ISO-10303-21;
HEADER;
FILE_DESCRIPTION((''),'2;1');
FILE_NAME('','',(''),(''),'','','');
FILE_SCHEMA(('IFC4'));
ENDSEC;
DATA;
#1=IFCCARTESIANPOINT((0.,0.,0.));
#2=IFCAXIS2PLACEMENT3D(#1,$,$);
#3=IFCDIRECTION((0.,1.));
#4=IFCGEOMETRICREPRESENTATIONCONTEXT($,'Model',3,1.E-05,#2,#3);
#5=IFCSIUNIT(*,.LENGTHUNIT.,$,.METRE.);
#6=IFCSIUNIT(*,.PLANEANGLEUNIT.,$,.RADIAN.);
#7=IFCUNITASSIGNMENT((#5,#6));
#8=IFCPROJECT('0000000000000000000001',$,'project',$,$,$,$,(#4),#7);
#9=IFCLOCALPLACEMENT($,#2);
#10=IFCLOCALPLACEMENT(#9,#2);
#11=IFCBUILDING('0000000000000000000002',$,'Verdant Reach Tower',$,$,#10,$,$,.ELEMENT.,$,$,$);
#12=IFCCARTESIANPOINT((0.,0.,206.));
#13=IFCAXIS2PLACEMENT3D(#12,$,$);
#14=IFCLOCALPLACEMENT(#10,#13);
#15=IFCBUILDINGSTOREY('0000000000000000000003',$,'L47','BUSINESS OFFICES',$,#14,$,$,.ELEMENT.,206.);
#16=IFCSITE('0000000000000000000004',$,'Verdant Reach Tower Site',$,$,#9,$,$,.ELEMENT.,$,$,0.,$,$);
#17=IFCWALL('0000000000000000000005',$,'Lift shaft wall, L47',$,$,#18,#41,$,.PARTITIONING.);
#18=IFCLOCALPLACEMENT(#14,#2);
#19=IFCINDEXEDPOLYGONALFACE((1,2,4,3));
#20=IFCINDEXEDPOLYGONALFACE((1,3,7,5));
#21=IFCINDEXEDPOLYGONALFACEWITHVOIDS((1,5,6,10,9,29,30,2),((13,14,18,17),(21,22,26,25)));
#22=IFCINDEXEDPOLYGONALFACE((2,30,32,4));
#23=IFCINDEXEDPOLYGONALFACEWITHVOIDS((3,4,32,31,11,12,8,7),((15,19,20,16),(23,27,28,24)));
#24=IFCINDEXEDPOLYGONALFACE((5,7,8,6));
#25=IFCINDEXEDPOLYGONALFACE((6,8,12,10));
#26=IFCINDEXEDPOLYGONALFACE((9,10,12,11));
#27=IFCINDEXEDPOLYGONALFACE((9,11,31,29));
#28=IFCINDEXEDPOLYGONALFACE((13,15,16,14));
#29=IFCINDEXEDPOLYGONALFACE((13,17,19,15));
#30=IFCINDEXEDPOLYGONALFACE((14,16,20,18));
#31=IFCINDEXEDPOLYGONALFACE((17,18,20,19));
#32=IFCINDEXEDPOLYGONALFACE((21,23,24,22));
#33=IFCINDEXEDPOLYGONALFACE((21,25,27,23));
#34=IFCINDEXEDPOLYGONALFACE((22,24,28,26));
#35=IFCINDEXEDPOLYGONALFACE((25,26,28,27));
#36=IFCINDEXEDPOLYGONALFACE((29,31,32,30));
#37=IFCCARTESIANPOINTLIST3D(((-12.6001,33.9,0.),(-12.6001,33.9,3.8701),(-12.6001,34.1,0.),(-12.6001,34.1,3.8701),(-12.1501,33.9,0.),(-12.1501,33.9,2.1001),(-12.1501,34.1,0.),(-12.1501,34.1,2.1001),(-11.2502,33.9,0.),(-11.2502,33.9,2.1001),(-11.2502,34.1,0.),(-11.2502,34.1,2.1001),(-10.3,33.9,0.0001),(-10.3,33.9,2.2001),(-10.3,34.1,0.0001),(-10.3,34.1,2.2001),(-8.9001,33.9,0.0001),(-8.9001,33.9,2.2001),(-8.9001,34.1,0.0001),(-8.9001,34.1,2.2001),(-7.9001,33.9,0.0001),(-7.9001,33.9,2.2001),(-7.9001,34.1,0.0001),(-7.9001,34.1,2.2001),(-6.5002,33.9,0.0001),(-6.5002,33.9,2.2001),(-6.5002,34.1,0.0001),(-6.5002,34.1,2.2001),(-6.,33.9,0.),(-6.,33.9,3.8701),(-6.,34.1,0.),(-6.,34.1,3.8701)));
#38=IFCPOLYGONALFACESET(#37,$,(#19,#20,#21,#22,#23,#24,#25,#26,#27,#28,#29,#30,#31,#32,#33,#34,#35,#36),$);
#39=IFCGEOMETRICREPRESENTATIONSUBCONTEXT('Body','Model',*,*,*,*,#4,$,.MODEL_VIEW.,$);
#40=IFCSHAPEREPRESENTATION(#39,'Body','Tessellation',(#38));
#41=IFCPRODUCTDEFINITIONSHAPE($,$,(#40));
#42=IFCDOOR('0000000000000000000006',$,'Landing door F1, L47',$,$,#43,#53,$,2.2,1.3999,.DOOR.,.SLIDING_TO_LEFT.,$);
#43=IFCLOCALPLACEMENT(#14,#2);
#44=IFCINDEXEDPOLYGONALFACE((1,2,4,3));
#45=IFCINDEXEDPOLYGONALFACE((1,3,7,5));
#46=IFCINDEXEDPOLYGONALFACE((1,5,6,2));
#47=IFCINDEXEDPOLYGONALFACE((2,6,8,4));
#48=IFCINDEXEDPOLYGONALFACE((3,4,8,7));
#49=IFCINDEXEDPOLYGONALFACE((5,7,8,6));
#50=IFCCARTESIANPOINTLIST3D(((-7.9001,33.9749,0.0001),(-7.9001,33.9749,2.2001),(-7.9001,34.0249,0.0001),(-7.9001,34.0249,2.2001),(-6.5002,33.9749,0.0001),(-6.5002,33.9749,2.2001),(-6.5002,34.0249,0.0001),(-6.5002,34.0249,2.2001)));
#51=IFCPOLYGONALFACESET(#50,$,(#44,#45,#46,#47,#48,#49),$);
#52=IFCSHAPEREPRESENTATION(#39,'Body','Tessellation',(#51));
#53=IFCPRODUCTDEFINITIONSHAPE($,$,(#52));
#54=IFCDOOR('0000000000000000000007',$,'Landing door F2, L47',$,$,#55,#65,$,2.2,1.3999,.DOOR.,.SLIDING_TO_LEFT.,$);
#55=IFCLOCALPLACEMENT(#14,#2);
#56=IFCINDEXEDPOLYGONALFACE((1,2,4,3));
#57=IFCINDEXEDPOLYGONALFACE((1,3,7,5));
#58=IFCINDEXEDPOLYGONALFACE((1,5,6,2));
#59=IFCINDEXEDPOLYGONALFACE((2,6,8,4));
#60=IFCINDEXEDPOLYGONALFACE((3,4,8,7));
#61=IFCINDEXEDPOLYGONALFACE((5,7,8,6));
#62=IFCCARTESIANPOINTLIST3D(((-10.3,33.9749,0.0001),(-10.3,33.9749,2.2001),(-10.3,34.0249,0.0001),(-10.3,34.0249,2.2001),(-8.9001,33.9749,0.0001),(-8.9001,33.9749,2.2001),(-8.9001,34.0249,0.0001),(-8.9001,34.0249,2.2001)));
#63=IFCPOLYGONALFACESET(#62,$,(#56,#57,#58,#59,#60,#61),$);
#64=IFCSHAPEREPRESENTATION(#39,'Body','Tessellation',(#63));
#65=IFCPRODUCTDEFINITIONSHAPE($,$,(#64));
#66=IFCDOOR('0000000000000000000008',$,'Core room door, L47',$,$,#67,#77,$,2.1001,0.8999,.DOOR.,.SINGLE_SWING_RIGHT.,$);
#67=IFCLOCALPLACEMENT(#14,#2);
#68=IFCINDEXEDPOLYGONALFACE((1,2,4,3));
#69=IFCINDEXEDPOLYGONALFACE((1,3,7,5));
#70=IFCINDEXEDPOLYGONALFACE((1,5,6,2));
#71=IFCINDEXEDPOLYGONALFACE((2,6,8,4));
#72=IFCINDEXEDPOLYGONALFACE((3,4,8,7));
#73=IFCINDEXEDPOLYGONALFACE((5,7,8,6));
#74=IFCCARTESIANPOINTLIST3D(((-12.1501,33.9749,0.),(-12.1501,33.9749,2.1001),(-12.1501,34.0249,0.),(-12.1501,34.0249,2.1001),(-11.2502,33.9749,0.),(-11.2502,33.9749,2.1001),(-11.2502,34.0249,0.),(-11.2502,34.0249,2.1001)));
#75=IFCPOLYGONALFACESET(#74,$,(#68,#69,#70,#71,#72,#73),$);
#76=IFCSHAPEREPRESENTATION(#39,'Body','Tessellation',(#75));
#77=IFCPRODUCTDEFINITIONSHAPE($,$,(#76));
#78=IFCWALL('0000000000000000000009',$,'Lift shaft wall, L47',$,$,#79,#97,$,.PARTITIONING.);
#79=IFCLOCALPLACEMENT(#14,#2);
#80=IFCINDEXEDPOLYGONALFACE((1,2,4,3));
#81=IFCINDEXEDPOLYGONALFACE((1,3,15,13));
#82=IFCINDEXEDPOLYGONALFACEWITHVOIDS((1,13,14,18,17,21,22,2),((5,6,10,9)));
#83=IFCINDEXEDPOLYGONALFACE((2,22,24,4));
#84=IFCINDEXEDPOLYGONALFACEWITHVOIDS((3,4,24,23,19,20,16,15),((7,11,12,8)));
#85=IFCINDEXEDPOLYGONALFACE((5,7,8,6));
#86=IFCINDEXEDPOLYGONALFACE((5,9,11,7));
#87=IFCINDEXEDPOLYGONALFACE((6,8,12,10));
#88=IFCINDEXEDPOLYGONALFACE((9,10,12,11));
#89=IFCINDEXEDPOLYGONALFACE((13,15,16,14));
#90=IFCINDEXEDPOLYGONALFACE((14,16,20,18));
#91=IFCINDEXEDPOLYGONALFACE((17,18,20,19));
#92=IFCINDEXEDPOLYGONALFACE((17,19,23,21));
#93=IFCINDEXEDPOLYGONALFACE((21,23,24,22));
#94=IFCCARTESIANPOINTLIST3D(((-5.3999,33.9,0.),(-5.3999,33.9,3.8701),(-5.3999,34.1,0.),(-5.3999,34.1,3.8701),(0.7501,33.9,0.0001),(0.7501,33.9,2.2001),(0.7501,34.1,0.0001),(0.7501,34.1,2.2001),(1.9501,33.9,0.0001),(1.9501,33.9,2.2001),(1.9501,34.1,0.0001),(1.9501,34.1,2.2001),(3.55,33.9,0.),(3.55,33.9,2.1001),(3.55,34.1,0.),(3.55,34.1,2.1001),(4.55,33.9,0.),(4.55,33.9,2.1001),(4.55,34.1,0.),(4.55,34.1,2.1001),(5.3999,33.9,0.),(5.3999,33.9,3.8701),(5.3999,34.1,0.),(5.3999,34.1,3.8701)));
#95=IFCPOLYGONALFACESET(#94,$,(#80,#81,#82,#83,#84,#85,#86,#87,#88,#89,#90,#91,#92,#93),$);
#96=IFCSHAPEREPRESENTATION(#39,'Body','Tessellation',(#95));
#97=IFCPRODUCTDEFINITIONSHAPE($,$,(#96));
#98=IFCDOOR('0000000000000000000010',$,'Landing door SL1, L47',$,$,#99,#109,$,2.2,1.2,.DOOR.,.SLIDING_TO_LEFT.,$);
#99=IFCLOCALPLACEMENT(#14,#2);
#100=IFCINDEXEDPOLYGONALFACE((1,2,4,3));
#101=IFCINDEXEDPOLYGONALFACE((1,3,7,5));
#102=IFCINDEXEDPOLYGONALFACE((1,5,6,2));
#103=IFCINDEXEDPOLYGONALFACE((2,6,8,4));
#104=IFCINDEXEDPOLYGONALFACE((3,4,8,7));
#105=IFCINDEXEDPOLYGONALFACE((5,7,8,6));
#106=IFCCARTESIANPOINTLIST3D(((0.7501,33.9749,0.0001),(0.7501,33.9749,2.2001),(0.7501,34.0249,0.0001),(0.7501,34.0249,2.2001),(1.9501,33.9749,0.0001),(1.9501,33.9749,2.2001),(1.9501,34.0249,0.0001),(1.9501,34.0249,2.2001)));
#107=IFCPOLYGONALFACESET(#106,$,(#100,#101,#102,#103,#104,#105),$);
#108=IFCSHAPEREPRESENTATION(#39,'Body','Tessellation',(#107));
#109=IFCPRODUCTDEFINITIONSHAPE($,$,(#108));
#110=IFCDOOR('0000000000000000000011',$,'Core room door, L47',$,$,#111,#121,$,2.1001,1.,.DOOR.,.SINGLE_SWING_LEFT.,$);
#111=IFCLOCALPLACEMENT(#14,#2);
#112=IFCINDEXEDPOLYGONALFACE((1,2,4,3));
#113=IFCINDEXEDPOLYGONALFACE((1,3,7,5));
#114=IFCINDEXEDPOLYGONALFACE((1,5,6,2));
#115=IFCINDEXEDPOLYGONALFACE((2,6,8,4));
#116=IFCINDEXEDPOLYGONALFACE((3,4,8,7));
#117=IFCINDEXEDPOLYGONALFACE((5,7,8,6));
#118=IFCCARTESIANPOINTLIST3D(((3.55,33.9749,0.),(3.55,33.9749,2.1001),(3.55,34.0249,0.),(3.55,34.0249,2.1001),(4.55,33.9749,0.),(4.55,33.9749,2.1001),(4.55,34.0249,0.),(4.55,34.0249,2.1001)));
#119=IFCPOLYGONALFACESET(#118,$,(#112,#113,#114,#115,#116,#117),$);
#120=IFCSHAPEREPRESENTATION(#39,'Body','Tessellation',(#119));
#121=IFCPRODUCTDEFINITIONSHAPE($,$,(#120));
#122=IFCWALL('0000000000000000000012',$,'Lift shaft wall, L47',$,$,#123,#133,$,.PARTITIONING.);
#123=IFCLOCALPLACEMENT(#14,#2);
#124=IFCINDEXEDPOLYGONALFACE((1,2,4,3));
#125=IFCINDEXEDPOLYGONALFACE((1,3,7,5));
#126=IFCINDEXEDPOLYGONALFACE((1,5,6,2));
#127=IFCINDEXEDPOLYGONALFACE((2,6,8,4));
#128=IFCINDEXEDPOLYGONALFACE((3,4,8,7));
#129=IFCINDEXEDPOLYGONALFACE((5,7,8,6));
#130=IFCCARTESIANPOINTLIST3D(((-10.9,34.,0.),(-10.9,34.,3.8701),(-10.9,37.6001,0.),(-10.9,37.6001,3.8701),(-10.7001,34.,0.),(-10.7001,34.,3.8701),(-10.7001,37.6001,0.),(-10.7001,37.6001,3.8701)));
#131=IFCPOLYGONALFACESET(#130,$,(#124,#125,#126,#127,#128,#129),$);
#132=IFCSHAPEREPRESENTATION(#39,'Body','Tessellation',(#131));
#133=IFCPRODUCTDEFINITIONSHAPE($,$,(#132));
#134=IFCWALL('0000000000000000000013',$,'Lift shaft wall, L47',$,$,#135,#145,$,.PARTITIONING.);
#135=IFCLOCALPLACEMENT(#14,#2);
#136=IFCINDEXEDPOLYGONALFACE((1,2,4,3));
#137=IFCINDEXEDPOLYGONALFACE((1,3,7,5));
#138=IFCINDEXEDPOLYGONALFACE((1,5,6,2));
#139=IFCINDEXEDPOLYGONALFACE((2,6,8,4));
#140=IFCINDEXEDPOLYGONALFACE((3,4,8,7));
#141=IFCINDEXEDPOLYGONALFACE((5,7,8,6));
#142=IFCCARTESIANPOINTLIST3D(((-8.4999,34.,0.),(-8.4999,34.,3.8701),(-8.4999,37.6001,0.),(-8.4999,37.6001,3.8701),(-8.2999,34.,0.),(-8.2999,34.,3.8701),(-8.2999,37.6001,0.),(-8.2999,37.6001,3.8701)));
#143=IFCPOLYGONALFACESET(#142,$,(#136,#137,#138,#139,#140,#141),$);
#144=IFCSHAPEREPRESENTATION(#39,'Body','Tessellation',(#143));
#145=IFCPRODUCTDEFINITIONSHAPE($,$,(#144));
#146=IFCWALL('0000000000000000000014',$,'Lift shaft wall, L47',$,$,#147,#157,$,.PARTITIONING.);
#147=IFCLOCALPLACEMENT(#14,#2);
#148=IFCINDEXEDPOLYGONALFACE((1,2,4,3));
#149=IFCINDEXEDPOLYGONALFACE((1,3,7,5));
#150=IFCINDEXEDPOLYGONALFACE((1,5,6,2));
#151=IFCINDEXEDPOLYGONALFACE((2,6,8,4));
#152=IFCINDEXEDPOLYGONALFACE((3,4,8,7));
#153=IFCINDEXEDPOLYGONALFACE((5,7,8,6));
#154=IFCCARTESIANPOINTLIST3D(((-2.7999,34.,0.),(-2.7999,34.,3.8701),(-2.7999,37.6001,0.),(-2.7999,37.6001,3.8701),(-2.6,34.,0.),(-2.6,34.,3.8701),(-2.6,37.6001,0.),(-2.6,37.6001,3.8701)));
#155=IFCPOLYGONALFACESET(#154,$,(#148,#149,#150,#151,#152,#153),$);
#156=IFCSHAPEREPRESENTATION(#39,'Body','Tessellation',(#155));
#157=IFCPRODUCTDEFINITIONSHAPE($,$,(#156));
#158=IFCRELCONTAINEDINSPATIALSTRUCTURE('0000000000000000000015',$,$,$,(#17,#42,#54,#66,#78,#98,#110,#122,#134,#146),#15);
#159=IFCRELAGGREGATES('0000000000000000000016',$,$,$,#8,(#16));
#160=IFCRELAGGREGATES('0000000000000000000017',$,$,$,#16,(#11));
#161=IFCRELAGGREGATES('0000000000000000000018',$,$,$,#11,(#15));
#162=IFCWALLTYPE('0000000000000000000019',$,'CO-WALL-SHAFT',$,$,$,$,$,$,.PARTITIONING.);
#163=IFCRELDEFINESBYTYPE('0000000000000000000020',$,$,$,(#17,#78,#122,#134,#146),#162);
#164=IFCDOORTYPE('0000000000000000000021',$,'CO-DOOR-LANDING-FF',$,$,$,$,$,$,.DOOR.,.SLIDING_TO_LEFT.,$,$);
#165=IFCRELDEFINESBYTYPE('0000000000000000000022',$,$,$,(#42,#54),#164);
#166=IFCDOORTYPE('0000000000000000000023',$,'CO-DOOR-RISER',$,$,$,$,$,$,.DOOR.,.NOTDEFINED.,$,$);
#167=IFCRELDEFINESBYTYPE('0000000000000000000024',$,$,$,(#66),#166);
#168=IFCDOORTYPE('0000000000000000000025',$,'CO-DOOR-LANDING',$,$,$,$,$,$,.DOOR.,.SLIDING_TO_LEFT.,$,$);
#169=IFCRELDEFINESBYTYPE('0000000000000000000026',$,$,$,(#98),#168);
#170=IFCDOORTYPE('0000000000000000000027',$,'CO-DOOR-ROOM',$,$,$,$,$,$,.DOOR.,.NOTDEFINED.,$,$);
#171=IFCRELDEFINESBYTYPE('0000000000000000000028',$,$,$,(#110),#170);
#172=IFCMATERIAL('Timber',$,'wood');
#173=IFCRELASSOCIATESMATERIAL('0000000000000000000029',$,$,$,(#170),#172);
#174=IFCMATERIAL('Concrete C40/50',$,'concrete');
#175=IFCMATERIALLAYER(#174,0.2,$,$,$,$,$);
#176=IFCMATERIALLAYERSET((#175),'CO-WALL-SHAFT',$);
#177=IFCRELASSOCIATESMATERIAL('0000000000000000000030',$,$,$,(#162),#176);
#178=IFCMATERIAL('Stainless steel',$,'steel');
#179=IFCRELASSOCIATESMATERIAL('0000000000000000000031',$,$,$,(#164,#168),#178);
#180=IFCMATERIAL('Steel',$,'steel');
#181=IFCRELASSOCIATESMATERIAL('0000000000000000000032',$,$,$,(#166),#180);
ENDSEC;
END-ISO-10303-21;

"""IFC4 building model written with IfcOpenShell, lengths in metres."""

from ifc_helpers import new_model, si_unit, direction, frame, frame_2d, origin, place, context, subcontext, project, spatial, rectangle, extrude, material, layer, layer_set, type_object, element, fill, save


model = new_model("IFC4")

# Units and contexts
model_context = context("Model", 3, precision=1e-05, world=origin(), true_north=direction((0.0, 1.0)))
body_context = subcontext(model_context, "Body", "Model", "MODEL_VIEW")
ifc_project = project(units=[si_unit("LENGTHUNIT", "METRE"), si_unit("PLANEANGLEUNIT", "RADIAN")], contexts=[model_context])

# Site, building, storey
site_placement = place(None, origin())
site = spatial("IfcSite", under=ifc_project, at=site_placement, Name="Verdant Reach Tower Site", CompositionType="ELEMENT", RefElevation=0.0)
building_placement = place(site_placement, origin())
building = spatial("IfcBuilding", under=site, at=building_placement, Name="Verdant Reach Tower", CompositionType="ELEMENT")
storey_placement = place(building_placement, frame((0.0, 0.0, 206.0)))
storey = spatial("IfcBuildingStorey", under=building, at=storey_placement, Name="L47", Description="BUSINESS OFFICES", CompositionType="ELEMENT", Elevation=206.0)

# Walls, openings, doors
ifc_material_1 = material(Name="Timber", Category="wood")
door_type_1 = type_object("IfcDoorType", Name="CO-DOOR-ROOM", OperationType="NOTDEFINED", PredefinedType="DOOR", material=ifc_material_1)
ifc_material_2 = material(Name="Concrete C40/50", Category="concrete")
ifc_layer_1 = layer(ifc_material_2, 0.2)
ifc_layer_set_1 = layer_set([ifc_layer_1], Name="CO-WALL-SHAFT")
wall_type_1 = type_object("IfcWallType", Name="CO-WALL-SHAFT", PredefinedType="PARTITIONING", material=ifc_layer_set_1)
wall_1_placement = place(storey_placement, frame((-12.6001, 34.0, 0.0), z_axis=(0.0, 0.0, 1.0), x_axis=(1.0, 0.0, 0.0)))
wall_1 = element("IfcWall", 1, at=wall_1_placement, inside=storey, type_object=wall_type_1, Name="Lift shaft wall, L47", PredefinedType="PARTITIONING", context=body_context, shape_type="SweptSolid", body=[
    extrude(rectangle(XDim=6.6001, YDim=0.2, at=frame_2d((3.3, 0.0))), origin(), (0.0, 0.0, 1.0), 3.8701),
])
opening_1_placement = place(wall_1_placement, frame((4.7, 0.0, 0.0)))
opening_1 = element("IfcOpeningElement", 2, at=opening_1_placement, cuts=wall_1, PredefinedType="OPENING", context=body_context, shape_type="SweptSolid", body=[
    extrude(rectangle(XDim=1.3999, YDim=2.2, at=frame_2d((0.7, 1.1001))), frame((0.0, 0.1099, 0.0), z_axis=(0.0, -1.0, 0.0), x_axis=(1.0, 0.0, 0.0)), (0.0, 0.0, 1.0), 0.22),
])
opening_2_placement = place(wall_1_placement, frame((2.3, 0.0, 0.0)))
opening_2 = element("IfcOpeningElement", 3, at=opening_2_placement, cuts=wall_1, PredefinedType="OPENING", context=body_context, shape_type="SweptSolid", body=[
    extrude(rectangle(XDim=1.3999, YDim=2.2, at=frame_2d((0.7, 1.1001))), frame((0.0, 0.1099, 0.0), z_axis=(0.0, -1.0, 0.0), x_axis=(1.0, 0.0, 0.0)), (0.0, 0.0, 1.0), 0.22),
])
opening_3_placement = place(wall_1_placement, frame((0.45, 0.0, 0.0)))
opening_3 = element("IfcOpeningElement", 4, at=opening_3_placement, cuts=wall_1, PredefinedType="OPENING", context=body_context, shape_type="SweptSolid", body=[
    extrude(rectangle(XDim=0.8999, YDim=2.1001, at=frame_2d((0.45, 1.05))), frame((0.0, 0.1099, 0.0), z_axis=(0.0, -1.0, 0.0), x_axis=(1.0, 0.0, 0.0)), (0.0, 0.0, 1.0), 0.22),
])
ifc_material_3 = material(Name="Stainless steel", Category="steel")
door_type_2 = type_object("IfcDoorType", Name="CO-DOOR-LANDING-FF", OperationType="SLIDING_TO_LEFT", PredefinedType="DOOR", material=ifc_material_3)
door_1_placement = place(opening_1_placement, origin())
door_1 = element("IfcDoor", 5, at=door_1_placement, inside=storey, type_object=door_type_2, Name="Landing door F1, L47", OperationType="SLIDING_TO_LEFT", OverallHeight=2.2, OverallWidth=1.3999, PredefinedType="DOOR", context=body_context, shape_type="SweptSolid", body=[
    extrude(rectangle(XDim=1.3999, YDim=2.2, at=frame_2d((0.7, 1.1001))), frame((0.0, 0.0249, 0.0), z_axis=(0.0, -1.0, 0.0), x_axis=(1.0, 0.0, 0.0)), (0.0, 0.0, 1.0), 0.05),
])
fill(opening_1, door_1)
door_2_placement = place(opening_2_placement, origin())
door_2 = element("IfcDoor", 6, at=door_2_placement, inside=storey, type_object=door_type_2, Name="Landing door F2, L47", OperationType="SLIDING_TO_LEFT", OverallHeight=2.2, OverallWidth=1.3999, PredefinedType="DOOR", context=body_context, shape_type="SweptSolid", body=[
    extrude(rectangle(XDim=1.3999, YDim=2.2, at=frame_2d((0.7, 1.1001))), frame((0.0, 0.0249, 0.0), z_axis=(0.0, -1.0, 0.0), x_axis=(1.0, 0.0, 0.0)), (0.0, 0.0, 1.0), 0.05),
])
fill(opening_2, door_2)
ifc_material_4 = material(Name="Steel", Category="steel")
door_type_3 = type_object("IfcDoorType", Name="CO-DOOR-RISER", OperationType="NOTDEFINED", PredefinedType="DOOR", material=ifc_material_4)
door_3_placement = place(opening_3_placement, origin())
door_3 = element("IfcDoor", 7, at=door_3_placement, inside=storey, type_object=door_type_3, Name="Core room door, L47", OperationType="SINGLE_SWING_RIGHT", OverallHeight=2.1001, OverallWidth=0.8999, PredefinedType="DOOR", context=body_context, shape_type="SweptSolid", body=[
    extrude(rectangle(XDim=0.8999, YDim=2.1001, at=frame_2d((0.45, 1.05))), frame((0.0, 0.0249, 0.0), z_axis=(0.0, -1.0, 0.0), x_axis=(1.0, 0.0, 0.0)), (0.0, 0.0, 1.0), 0.05),
])
fill(opening_3, door_3)
wall_2_placement = place(storey_placement, frame((-5.3999, 34.0, 0.0), z_axis=(0.0, 0.0, 1.0), x_axis=(1.0, 0.0, 0.0)))
wall_2 = element("IfcWall", 8, at=wall_2_placement, inside=storey, type_object=wall_type_1, Name="Lift shaft wall, L47", PredefinedType="PARTITIONING", context=body_context, shape_type="SweptSolid", body=[
    extrude(rectangle(XDim=10.7998, YDim=0.2, at=frame_2d((5.3999, 0.0))), origin(), (0.0, 0.0, 1.0), 3.8701),
])
opening_4_placement = place(wall_2_placement, frame((6.1499, 0.0, 0.0)))
opening_4 = element("IfcOpeningElement", 9, at=opening_4_placement, cuts=wall_2, PredefinedType="OPENING", context=body_context, shape_type="SweptSolid", body=[
    extrude(rectangle(XDim=1.2, YDim=2.2, at=frame_2d((0.6001, 1.1001))), frame((0.0, 0.1099, 0.0), z_axis=(0.0, -1.0, 0.0), x_axis=(1.0, 0.0, 0.0)), (0.0, 0.0, 1.0), 0.22),
])
opening_5_placement = place(wall_2_placement, frame((8.95, 0.0, 0.0)))
opening_5 = element("IfcOpeningElement", 10, at=opening_5_placement, cuts=wall_2, PredefinedType="OPENING", context=body_context, shape_type="SweptSolid", body=[
    extrude(rectangle(XDim=1.0, YDim=2.1001, at=frame_2d((0.5, 1.05))), frame((0.0, 0.1099, 0.0), z_axis=(0.0, -1.0, 0.0), x_axis=(1.0, 0.0, 0.0)), (0.0, 0.0, 1.0), 0.22),
])
door_type_4 = type_object("IfcDoorType", Name="CO-DOOR-LANDING", OperationType="SLIDING_TO_LEFT", PredefinedType="DOOR", material=ifc_material_3)
door_4_placement = place(opening_4_placement, origin())
door_4 = element("IfcDoor", 11, at=door_4_placement, inside=storey, type_object=door_type_4, Name="Landing door SL1, L47", OperationType="SLIDING_TO_LEFT", OverallHeight=2.2, OverallWidth=1.2, PredefinedType="DOOR", context=body_context, shape_type="SweptSolid", body=[
    extrude(rectangle(XDim=1.2, YDim=2.2, at=frame_2d((0.6001, 1.1001))), frame((0.0, 0.0249, 0.0), z_axis=(0.0, -1.0, 0.0), x_axis=(1.0, 0.0, 0.0)), (0.0, 0.0, 1.0), 0.05),
])
fill(opening_4, door_4)
door_5_placement = place(opening_5_placement, origin())
door_5 = element("IfcDoor", 12, at=door_5_placement, inside=storey, type_object=door_type_1, Name="Core room door, L47", OperationType="SINGLE_SWING_LEFT", OverallHeight=2.1001, OverallWidth=1.0, PredefinedType="DOOR", context=body_context, shape_type="SweptSolid", body=[
    extrude(rectangle(XDim=1.0, YDim=2.1001, at=frame_2d((0.5, 1.05))), frame((0.0, 0.0249, 0.0), z_axis=(0.0, -1.0, 0.0), x_axis=(1.0, 0.0, 0.0)), (0.0, 0.0, 1.0), 0.05),
])
fill(opening_5, door_5)

# Walls
for number, where, z_axis, x_axis, name in (
    (13, (-10.8, 34.0, 0.0), (0.0, 0.0, 1.0), (0.0, 1.0, 0.0), "Lift shaft wall, L47"),
    (14, (-8.3999, 34.0, 0.0), (0.0, 0.0, 1.0), (0.0, 1.0, 0.0), "Lift shaft wall, L47"),
    (15, (-2.7, 34.0, 0.0), (0.0, 0.0, 1.0), (0.0, 1.0, 0.0), "Lift shaft wall, L47"),
):
    element("IfcWall", number, at=place(storey_placement, frame(where, z_axis=z_axis, x_axis=x_axis)), inside=storey, type_object=wall_type_1, Name=name, PredefinedType="PARTITIONING", context=body_context, shape_type="SweptSolid", body=[
        extrude(rectangle(XDim=3.6001, YDim=0.2, at=frame_2d((1.8, 0.0))), origin(), (0.0, 0.0, 1.0), 3.8701),
    ])

save(model, "model.ifc")
